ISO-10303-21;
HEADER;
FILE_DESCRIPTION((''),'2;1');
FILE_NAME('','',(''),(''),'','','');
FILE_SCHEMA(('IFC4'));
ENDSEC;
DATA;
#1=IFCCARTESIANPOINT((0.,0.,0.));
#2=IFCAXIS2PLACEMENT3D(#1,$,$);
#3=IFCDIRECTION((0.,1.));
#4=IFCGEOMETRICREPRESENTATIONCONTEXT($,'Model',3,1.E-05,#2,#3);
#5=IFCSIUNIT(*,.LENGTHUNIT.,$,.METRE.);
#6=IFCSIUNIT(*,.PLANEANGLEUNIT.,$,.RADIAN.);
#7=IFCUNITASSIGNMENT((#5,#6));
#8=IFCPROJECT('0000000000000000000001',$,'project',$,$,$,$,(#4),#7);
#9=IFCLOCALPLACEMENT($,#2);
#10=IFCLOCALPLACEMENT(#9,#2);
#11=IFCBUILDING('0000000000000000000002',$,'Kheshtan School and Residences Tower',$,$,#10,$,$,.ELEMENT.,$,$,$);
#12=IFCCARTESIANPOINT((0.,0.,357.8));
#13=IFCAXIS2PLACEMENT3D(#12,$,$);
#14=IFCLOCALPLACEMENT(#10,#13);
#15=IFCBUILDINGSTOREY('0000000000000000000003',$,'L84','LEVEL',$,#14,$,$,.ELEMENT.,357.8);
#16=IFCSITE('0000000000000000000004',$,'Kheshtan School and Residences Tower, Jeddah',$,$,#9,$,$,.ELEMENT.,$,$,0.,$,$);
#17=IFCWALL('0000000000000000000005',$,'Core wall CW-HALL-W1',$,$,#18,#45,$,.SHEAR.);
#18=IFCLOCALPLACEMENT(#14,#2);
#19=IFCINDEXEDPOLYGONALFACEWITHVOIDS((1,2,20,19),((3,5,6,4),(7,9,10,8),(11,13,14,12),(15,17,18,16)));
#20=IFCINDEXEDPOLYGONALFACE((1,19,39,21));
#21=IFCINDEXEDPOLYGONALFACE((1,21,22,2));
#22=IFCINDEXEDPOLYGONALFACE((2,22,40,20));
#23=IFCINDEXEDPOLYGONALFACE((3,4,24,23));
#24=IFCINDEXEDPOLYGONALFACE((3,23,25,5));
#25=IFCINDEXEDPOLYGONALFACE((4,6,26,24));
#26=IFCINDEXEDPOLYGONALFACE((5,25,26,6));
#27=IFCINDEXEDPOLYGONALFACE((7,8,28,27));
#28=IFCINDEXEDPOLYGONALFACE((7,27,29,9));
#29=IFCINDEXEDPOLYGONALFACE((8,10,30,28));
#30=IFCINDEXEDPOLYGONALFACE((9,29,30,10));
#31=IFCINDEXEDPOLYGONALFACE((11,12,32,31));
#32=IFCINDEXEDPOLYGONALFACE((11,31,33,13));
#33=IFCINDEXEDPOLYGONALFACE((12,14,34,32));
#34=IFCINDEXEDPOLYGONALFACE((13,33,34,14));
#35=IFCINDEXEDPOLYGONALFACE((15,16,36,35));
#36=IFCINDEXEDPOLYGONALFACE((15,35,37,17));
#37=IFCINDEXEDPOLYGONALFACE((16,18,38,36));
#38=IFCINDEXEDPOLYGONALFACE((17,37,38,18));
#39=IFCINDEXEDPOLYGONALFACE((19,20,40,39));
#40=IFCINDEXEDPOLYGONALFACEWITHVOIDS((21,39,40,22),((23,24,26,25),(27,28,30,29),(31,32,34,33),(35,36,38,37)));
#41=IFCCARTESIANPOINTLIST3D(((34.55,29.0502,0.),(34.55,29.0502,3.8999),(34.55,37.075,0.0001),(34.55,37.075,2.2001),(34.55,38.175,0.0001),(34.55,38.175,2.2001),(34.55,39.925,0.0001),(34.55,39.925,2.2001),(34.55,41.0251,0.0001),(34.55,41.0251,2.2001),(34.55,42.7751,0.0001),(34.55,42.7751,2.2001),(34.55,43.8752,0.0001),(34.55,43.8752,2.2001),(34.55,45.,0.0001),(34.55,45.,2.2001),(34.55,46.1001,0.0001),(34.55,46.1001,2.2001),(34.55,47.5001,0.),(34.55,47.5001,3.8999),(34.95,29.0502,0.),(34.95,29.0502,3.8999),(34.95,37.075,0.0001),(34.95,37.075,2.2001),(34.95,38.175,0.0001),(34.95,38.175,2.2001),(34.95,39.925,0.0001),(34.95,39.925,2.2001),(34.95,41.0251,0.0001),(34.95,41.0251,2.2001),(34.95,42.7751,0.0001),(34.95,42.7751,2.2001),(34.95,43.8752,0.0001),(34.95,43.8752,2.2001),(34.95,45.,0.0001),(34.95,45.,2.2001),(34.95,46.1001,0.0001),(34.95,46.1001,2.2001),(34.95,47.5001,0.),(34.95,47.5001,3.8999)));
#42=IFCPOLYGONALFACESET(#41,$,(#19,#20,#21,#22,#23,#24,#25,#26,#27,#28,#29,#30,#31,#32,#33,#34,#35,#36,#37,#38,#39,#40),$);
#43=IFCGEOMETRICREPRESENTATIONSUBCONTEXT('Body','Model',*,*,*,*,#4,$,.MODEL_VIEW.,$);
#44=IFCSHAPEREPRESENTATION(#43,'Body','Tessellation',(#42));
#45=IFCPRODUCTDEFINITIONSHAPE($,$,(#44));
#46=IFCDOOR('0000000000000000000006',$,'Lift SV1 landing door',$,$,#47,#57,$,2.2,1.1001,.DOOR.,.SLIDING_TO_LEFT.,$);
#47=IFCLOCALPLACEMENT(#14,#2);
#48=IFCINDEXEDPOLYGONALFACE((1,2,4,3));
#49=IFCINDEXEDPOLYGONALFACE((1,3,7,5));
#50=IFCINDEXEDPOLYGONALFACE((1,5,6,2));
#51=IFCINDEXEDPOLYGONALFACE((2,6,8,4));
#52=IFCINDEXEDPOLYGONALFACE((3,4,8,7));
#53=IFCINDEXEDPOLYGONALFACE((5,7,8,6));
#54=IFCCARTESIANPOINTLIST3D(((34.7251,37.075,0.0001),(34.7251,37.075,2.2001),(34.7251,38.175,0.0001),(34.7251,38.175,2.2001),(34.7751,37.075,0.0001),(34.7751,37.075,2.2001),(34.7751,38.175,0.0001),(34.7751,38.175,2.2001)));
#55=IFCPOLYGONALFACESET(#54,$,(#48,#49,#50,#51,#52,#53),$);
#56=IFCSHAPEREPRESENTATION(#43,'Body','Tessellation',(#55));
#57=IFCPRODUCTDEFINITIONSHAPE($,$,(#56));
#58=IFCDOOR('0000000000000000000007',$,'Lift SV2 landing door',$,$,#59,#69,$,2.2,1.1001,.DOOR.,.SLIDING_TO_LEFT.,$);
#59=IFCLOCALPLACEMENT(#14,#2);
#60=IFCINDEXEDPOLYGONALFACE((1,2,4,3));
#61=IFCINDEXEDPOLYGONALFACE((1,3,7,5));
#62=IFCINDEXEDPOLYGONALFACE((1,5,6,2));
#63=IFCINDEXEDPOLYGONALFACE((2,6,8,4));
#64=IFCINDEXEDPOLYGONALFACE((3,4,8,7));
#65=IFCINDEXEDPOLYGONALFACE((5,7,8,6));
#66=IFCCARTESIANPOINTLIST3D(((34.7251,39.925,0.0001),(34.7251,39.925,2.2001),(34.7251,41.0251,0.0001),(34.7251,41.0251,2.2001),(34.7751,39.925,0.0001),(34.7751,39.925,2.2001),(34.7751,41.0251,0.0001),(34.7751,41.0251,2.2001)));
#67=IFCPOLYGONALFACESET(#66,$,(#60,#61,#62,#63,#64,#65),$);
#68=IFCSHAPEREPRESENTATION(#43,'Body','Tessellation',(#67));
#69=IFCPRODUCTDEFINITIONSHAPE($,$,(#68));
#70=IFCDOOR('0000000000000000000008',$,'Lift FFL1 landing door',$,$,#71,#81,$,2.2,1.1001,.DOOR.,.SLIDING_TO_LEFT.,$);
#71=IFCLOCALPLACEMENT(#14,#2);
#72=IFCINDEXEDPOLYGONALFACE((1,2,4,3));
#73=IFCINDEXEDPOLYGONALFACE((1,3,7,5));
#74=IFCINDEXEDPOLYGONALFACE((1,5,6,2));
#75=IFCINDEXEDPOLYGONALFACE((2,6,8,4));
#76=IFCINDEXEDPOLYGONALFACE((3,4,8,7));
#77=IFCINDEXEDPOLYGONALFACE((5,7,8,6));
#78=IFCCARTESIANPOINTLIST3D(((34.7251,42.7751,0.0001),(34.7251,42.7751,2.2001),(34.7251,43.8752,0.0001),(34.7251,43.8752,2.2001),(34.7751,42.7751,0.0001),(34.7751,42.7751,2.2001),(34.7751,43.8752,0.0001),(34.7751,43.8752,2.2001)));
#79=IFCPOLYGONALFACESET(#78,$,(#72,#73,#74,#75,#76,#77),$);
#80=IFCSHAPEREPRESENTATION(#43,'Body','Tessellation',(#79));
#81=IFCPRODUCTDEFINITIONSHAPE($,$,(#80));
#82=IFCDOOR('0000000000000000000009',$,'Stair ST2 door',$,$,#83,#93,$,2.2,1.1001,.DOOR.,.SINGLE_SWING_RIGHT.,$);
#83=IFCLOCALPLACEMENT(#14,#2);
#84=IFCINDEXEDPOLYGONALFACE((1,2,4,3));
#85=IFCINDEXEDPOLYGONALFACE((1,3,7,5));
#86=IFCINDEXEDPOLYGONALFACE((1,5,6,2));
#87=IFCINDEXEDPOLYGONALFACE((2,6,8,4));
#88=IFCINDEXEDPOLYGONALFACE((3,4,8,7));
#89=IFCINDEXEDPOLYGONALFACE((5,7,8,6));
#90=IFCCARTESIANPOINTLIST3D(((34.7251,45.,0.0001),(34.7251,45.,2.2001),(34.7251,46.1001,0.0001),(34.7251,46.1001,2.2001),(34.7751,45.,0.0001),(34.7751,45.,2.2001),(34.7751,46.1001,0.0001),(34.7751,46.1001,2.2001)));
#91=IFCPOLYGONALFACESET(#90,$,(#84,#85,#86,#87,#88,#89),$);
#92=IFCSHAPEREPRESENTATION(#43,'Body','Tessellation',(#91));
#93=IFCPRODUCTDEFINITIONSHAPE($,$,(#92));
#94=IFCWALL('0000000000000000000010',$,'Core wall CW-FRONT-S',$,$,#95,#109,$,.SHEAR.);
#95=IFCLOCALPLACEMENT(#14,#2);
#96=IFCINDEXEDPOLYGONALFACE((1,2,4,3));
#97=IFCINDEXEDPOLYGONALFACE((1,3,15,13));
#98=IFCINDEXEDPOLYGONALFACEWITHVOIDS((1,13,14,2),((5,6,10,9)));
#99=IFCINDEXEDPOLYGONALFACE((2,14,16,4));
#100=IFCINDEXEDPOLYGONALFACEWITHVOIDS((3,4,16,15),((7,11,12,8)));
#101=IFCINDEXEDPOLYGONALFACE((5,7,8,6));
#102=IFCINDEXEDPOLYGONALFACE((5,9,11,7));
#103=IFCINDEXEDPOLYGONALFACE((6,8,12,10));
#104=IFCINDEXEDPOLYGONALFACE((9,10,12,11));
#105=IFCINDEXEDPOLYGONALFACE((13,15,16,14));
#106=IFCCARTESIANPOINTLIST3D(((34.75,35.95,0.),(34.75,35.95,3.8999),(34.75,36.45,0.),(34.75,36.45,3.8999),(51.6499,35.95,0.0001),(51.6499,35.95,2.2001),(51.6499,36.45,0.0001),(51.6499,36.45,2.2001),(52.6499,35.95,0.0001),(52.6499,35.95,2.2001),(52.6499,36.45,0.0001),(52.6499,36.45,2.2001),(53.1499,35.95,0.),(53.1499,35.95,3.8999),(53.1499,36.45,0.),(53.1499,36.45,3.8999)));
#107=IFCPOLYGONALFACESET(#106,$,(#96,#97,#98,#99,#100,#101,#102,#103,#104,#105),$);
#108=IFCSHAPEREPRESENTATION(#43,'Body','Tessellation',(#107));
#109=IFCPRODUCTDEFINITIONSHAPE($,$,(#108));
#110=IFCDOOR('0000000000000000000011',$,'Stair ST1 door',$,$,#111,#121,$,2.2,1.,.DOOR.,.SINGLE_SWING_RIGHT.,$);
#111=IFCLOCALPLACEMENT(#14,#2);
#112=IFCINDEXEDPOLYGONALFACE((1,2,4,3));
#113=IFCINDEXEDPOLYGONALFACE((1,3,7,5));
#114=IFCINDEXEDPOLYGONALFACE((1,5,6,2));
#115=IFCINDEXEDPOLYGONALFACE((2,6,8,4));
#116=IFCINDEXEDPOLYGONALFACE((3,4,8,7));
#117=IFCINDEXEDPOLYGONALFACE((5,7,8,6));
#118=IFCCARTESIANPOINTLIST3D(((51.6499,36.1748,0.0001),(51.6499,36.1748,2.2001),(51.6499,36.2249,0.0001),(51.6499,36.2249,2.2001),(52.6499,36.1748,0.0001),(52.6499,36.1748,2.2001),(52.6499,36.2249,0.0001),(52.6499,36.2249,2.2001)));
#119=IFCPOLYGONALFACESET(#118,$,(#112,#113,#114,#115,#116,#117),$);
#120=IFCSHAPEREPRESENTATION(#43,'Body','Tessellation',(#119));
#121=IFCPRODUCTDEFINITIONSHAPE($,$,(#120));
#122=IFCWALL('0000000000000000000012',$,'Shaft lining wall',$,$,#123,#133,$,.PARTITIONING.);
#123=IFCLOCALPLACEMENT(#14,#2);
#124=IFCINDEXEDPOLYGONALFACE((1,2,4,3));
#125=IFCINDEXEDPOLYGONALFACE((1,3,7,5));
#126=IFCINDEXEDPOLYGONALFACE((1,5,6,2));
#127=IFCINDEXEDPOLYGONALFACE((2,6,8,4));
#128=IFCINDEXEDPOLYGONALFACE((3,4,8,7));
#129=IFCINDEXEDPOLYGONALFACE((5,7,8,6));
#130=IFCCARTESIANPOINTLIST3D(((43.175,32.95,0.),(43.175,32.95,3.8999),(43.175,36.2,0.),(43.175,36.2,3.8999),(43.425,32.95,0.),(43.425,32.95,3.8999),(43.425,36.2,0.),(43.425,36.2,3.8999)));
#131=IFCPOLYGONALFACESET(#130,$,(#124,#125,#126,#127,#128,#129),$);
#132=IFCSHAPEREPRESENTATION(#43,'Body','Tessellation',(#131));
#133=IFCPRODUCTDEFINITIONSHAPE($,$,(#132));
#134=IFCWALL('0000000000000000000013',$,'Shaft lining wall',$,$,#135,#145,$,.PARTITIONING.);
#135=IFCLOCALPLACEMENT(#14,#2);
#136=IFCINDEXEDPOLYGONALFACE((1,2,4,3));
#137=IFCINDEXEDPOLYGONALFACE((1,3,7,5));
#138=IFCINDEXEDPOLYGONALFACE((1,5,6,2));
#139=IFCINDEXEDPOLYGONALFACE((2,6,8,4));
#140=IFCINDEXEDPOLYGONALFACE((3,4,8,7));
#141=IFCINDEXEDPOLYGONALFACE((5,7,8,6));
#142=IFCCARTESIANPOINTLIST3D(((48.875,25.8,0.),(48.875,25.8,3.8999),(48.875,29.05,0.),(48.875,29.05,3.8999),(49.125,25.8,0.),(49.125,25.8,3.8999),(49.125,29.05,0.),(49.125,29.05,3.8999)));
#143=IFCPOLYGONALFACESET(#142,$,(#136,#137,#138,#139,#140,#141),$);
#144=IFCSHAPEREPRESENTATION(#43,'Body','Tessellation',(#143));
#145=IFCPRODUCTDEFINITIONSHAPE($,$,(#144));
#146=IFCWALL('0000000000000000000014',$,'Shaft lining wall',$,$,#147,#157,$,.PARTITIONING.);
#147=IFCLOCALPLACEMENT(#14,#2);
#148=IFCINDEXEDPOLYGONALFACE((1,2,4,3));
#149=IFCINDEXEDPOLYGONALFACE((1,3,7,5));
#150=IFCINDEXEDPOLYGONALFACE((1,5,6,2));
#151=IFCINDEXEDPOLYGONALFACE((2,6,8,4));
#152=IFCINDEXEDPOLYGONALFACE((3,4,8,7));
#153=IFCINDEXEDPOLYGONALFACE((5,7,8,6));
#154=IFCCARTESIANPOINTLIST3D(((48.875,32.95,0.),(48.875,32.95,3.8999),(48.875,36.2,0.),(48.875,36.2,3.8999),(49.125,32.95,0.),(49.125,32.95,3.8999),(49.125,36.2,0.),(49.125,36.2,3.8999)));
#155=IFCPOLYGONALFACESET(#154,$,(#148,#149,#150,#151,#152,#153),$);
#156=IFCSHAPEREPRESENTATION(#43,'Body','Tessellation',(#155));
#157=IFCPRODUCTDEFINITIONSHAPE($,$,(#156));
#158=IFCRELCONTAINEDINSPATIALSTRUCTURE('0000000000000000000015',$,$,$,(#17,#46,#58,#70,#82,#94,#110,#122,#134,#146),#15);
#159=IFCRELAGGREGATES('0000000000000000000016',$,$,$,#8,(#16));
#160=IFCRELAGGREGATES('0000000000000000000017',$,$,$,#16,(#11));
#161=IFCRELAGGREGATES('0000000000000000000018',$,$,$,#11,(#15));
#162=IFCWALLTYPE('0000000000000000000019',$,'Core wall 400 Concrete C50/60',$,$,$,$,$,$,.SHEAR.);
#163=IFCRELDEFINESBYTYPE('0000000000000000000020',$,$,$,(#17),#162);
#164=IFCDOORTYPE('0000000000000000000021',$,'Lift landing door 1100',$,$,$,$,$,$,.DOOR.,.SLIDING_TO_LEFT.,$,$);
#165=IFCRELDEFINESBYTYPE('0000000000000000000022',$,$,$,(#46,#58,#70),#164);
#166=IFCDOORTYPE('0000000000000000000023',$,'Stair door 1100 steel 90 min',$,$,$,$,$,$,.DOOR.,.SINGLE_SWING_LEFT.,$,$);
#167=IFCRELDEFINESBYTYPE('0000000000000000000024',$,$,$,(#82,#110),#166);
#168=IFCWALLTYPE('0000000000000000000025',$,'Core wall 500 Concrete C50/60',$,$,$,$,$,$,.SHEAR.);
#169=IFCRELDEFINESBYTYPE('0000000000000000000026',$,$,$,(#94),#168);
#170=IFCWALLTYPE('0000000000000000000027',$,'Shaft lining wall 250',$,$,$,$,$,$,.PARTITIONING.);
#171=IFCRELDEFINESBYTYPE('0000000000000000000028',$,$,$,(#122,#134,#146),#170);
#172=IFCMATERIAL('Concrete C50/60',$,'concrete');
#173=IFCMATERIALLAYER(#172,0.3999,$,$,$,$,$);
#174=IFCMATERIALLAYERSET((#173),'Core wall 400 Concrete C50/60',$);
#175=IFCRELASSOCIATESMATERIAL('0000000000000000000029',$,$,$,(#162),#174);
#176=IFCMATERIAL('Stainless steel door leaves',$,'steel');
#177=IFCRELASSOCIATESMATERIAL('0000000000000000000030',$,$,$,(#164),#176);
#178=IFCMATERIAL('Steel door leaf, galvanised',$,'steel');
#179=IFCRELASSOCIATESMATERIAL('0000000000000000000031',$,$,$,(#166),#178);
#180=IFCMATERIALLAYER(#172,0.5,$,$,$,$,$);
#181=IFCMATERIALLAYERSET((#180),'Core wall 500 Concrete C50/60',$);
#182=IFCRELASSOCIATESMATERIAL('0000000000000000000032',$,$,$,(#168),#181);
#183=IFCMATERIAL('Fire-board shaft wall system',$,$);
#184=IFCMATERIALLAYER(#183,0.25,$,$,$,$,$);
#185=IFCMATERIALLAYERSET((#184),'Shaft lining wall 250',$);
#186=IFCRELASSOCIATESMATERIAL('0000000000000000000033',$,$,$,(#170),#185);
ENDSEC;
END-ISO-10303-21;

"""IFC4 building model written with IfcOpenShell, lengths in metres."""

from ifc_helpers import new_model, si_unit, direction, frame, frame_2d, origin, place, context, subcontext, project, spatial, rectangle, extrude, source, transform, mapped, material, layer, layer_set, type_object, element, fill, save


model = new_model("IFC4")

# Units and contexts
model_context = context("Model", 3, precision=1e-05, world=origin(), true_north=direction((0.0, 1.0)))
body_context = subcontext(model_context, "Body", "Model", "MODEL_VIEW")
ifc_project = project(units=[si_unit("LENGTHUNIT", "METRE"), si_unit("PLANEANGLEUNIT", "RADIAN")], contexts=[model_context])

# Site, building, storey
site_placement = place(None, origin())
site = spatial("IfcSite", under=ifc_project, at=site_placement, Name="Kheshtan School and Residences Tower, Jeddah", CompositionType="ELEMENT", RefElevation=0.0)
building_placement = place(site_placement, origin())
building = spatial("IfcBuilding", under=site, at=building_placement, Name="Kheshtan School and Residences Tower", CompositionType="ELEMENT")
storey_placement = place(building_placement, frame((0.0, 0.0, 357.8)))
storey = spatial("IfcBuildingStorey", under=building, at=storey_placement, Name="L84", Description="LEVEL", CompositionType="ELEMENT", Elevation=357.8)

# Wall, openings, doors
ifc_material_1 = material(Name="Concrete C50/60", Category="concrete")
ifc_layer_1 = layer(ifc_material_1, 0.3999)
ifc_layer_set_1 = layer_set([ifc_layer_1], Name="Core wall 400 Concrete C50/60")
wall_type_1 = type_object("IfcWallType", Name="Core wall 400 Concrete C50/60", PredefinedType="SHEAR", material=ifc_layer_set_1)
ifc_material_2 = material(Name="Stainless steel door leaves", Category="steel")
door_type_1 = type_object("IfcDoorType", Name="Lift landing door 1100", OperationType="SLIDING_TO_LEFT", PredefinedType="DOOR", material=ifc_material_2)
shared_shape_1 = source(origin(), body_context, "Body", "SweptSolid", [
    extrude(rectangle(XDim=1.1001, YDim=2.2, at=frame_2d((0.55, 1.1001))), frame((0.0, 0.0249, 0.0), z_axis=(0.0, -1.0, 0.0), x_axis=(1.0, 0.0, 0.0)), (0.0, 0.0, 1.0), 0.05),
])
wall_1_placement = place(storey_placement, frame((34.75, 29.05, 0.0), z_axis=(0.0, 0.0, 1.0), x_axis=(0.0, 1.0, 0.0)))
wall_1 = element("IfcWall", 1, at=wall_1_placement, inside=storey, type_object=wall_type_1, Name="Core wall CW-HALL-W1", PredefinedType="SHEAR", context=body_context, shape_type="SweptSolid", body=[
    extrude(rectangle(XDim=18.45, YDim=0.3999, at=frame_2d((9.2251, 0.0))), origin(), (0.0, 0.0, 1.0), 3.8999),
])
opening_1_placement = place(wall_1_placement, frame((8.0249, 0.0, 0.0)))
opening_1 = element("IfcOpeningElement", 2, at=opening_1_placement, cuts=wall_1, PredefinedType="OPENING", context=body_context, shape_type="SweptSolid", body=[
    extrude(rectangle(XDim=1.1001, YDim=2.2, at=frame_2d((0.55, 1.1001))), frame((0.0, 0.21, 0.0), z_axis=(0.0, -1.0, 0.0), x_axis=(1.0, 0.0, 0.0)), (0.0, 0.0, 1.0), 0.4199),
])
opening_2_placement = place(wall_1_placement, frame((10.875, 0.0, 0.0)))
opening_2 = element("IfcOpeningElement", 3, at=opening_2_placement, cuts=wall_1, PredefinedType="OPENING", context=body_context, shape_type="SweptSolid", body=[
    extrude(rectangle(XDim=1.1001, YDim=2.2, at=frame_2d((0.55, 1.1001))), frame((0.0, 0.21, 0.0), z_axis=(0.0, -1.0, 0.0), x_axis=(1.0, 0.0, 0.0)), (0.0, 0.0, 1.0), 0.4199),
])
opening_3_placement = place(wall_1_placement, frame((13.7251, 0.0, 0.0)))
opening_3 = element("IfcOpeningElement", 4, at=opening_3_placement, cuts=wall_1, PredefinedType="OPENING", context=body_context, shape_type="SweptSolid", body=[
    extrude(rectangle(XDim=1.1001, YDim=2.2, at=frame_2d((0.55, 1.1001))), frame((0.0, 0.21, 0.0), z_axis=(0.0, -1.0, 0.0), x_axis=(1.0, 0.0, 0.0)), (0.0, 0.0, 1.0), 0.4199),
])
opening_4_placement = place(wall_1_placement, frame((15.95, 0.0, 0.0)))
opening_4 = element("IfcOpeningElement", 5, at=opening_4_placement, cuts=wall_1, PredefinedType="OPENING", context=body_context, shape_type="SweptSolid", body=[
    extrude(rectangle(XDim=1.1001, YDim=2.2, at=frame_2d((0.55, 1.1001))), frame((0.0, 0.21, 0.0), z_axis=(0.0, -1.0, 0.0), x_axis=(1.0, 0.0, 0.0)), (0.0, 0.0, 1.0), 0.4199),
])
door_1_placement = place(opening_1_placement, origin())
door_1 = element("IfcDoor", 6, at=door_1_placement, inside=storey, type_object=door_type_1, Name="Lift SV1 landing door", OperationType="SLIDING_TO_LEFT", OverallHeight=2.2, OverallWidth=1.1001, PredefinedType="DOOR", context=body_context, shape_type="MappedRepresentation", body=[
    mapped(shared_shape_1, transform((0.0, 0.0, 0.0), x_axis=(1.0, 0.0, 0.0), y_axis=(0.0, 1.0, 0.0), z_axis=(0.0, 0.0, 1.0), scale=1.0)),
])
fill(opening_1, door_1)
door_2_placement = place(opening_2_placement, origin())
door_2 = element("IfcDoor", 7, at=door_2_placement, inside=storey, type_object=door_type_1, Name="Lift SV2 landing door", OperationType="SLIDING_TO_LEFT", OverallHeight=2.2, OverallWidth=1.1001, PredefinedType="DOOR", context=body_context, shape_type="MappedRepresentation", body=[
    mapped(shared_shape_1, transform((0.0, 0.0, 0.0), x_axis=(1.0, 0.0, 0.0), y_axis=(0.0, 1.0, 0.0), z_axis=(0.0, 0.0, 1.0), scale=1.0)),
])
fill(opening_2, door_2)
door_3_placement = place(opening_3_placement, origin())
door_3 = element("IfcDoor", 8, at=door_3_placement, inside=storey, type_object=door_type_1, Name="Lift FFL1 landing door", OperationType="SLIDING_TO_LEFT", OverallHeight=2.2, OverallWidth=1.1001, PredefinedType="DOOR", context=body_context, shape_type="MappedRepresentation", body=[
    mapped(shared_shape_1, transform((0.0, 0.0, 0.0), x_axis=(1.0, 0.0, 0.0), y_axis=(0.0, 1.0, 0.0), z_axis=(0.0, 0.0, 1.0), scale=1.0)),
])
fill(opening_3, door_3)
ifc_material_3 = material(Name="Steel door leaf, galvanised", Category="steel")
door_type_2 = type_object("IfcDoorType", Name="Stair door 1100 steel 90 min", OperationType="SINGLE_SWING_LEFT", PredefinedType="DOOR", material=ifc_material_3)
shared_shape_2 = source(origin(), body_context, "Body", "SweptSolid", [
    extrude(rectangle(XDim=1.1001, YDim=2.2, at=frame_2d((0.55, 1.1001))), frame((0.0, 0.0249, 0.0), z_axis=(0.0, -1.0, 0.0), x_axis=(1.0, 0.0, 0.0)), (0.0, 0.0, 1.0), 0.05),
])
door_4_placement = place(opening_4_placement, origin())
door_4 = element("IfcDoor", 9, at=door_4_placement, inside=storey, type_object=door_type_2, Name="Stair ST2 door", OperationType="SINGLE_SWING_RIGHT", OverallHeight=2.2, OverallWidth=1.1001, PredefinedType="DOOR", context=body_context, shape_type="MappedRepresentation", body=[
    mapped(shared_shape_2, transform((0.0, 0.0, 0.0), x_axis=(1.0, 0.0, 0.0), y_axis=(0.0, 1.0, 0.0), z_axis=(0.0, 0.0, 1.0), scale=1.0)),
])
fill(opening_4, door_4)

# Wall, opening, door
ifc_layer_2 = layer(ifc_material_1, 0.5)
ifc_layer_set_2 = layer_set([ifc_layer_2], Name="Core wall 500 Concrete C50/60")
wall_type_2 = type_object("IfcWallType", Name="Core wall 500 Concrete C50/60", PredefinedType="SHEAR", material=ifc_layer_set_2)
wall_2_placement = place(storey_placement, frame((34.75, 36.2, 0.0), z_axis=(0.0, 0.0, 1.0), x_axis=(1.0, 0.0, 0.0)))
wall_2 = element("IfcWall", 10, at=wall_2_placement, inside=storey, type_object=wall_type_2, Name="Core wall CW-FRONT-S", PredefinedType="SHEAR", context=body_context, shape_type="SweptSolid", body=[
    extrude(rectangle(XDim=18.3999, YDim=0.5, at=frame_2d((9.2, 0.0))), origin(), (0.0, 0.0, 1.0), 3.8999),
])
opening_5_placement = place(wall_2_placement, frame((16.8999, 0.0, 0.0)))
opening_5 = element("IfcOpeningElement", 11, at=opening_5_placement, cuts=wall_2, PredefinedType="OPENING", context=body_context, shape_type="SweptSolid", body=[
    extrude(rectangle(XDim=1.0, YDim=2.2, at=frame_2d((0.5, 1.1001))), frame((0.0, 0.26, 0.0), z_axis=(0.0, -1.0, 0.0), x_axis=(1.0, 0.0, 0.0)), (0.0, 0.0, 1.0), 0.52),
])
shared_shape_3 = source(origin(), body_context, "Body", "SweptSolid", [
    extrude(rectangle(XDim=1.0, YDim=2.2, at=frame_2d((0.5, 1.1001))), frame((0.0, 0.0249, 0.0), z_axis=(0.0, -1.0, 0.0), x_axis=(1.0, 0.0, 0.0)), (0.0, 0.0, 1.0), 0.05),
])
door_5_placement = place(opening_5_placement, origin())
door_5 = element("IfcDoor", 12, at=door_5_placement, inside=storey, type_object=door_type_2, Name="Stair ST1 door", OperationType="SINGLE_SWING_RIGHT", OverallHeight=2.2, OverallWidth=1.0, PredefinedType="DOOR", context=body_context, shape_type="MappedRepresentation", body=[
    mapped(shared_shape_3, transform((0.0, 0.0, 0.0), x_axis=(1.0, 0.0, 0.0), y_axis=(0.0, 1.0, 0.0), z_axis=(0.0, 0.0, 1.0), scale=1.0)),
])
fill(opening_5, door_5)

# Walls
ifc_material_4 = material(Name="Fire-board shaft wall system")
ifc_layer_3 = layer(ifc_material_4, 0.25)
ifc_layer_set_3 = layer_set([ifc_layer_3], Name="Shaft lining wall 250")
wall_type_3 = type_object("IfcWallType", Name="Shaft lining wall 250", PredefinedType="PARTITIONING", material=ifc_layer_set_3)
for number, where, z_axis, x_axis, name in (
    (13, (43.3, 32.95, 0.0), (0.0, 0.0, 1.0), (0.0, 1.0, 0.0), "Shaft lining wall"),
    (14, (49.0, 25.8, 0.0), (0.0, 0.0, 1.0), (0.0, 1.0, 0.0), "Shaft lining wall"),
    (15, (49.0, 32.95, 0.0), (0.0, 0.0, 1.0), (0.0, 1.0, 0.0), "Shaft lining wall"),
):
    element("IfcWall", number, at=place(storey_placement, frame(where, z_axis=z_axis, x_axis=x_axis)), inside=storey, type_object=wall_type_3, Name=name, PredefinedType="PARTITIONING", context=body_context, shape_type="SweptSolid", body=[
        extrude(rectangle(XDim=3.25, YDim=0.25, at=frame_2d((1.625, 0.0))), origin(), (0.0, 0.0, 1.0), 3.8999),
    ])

save(model, "model.ifc")
